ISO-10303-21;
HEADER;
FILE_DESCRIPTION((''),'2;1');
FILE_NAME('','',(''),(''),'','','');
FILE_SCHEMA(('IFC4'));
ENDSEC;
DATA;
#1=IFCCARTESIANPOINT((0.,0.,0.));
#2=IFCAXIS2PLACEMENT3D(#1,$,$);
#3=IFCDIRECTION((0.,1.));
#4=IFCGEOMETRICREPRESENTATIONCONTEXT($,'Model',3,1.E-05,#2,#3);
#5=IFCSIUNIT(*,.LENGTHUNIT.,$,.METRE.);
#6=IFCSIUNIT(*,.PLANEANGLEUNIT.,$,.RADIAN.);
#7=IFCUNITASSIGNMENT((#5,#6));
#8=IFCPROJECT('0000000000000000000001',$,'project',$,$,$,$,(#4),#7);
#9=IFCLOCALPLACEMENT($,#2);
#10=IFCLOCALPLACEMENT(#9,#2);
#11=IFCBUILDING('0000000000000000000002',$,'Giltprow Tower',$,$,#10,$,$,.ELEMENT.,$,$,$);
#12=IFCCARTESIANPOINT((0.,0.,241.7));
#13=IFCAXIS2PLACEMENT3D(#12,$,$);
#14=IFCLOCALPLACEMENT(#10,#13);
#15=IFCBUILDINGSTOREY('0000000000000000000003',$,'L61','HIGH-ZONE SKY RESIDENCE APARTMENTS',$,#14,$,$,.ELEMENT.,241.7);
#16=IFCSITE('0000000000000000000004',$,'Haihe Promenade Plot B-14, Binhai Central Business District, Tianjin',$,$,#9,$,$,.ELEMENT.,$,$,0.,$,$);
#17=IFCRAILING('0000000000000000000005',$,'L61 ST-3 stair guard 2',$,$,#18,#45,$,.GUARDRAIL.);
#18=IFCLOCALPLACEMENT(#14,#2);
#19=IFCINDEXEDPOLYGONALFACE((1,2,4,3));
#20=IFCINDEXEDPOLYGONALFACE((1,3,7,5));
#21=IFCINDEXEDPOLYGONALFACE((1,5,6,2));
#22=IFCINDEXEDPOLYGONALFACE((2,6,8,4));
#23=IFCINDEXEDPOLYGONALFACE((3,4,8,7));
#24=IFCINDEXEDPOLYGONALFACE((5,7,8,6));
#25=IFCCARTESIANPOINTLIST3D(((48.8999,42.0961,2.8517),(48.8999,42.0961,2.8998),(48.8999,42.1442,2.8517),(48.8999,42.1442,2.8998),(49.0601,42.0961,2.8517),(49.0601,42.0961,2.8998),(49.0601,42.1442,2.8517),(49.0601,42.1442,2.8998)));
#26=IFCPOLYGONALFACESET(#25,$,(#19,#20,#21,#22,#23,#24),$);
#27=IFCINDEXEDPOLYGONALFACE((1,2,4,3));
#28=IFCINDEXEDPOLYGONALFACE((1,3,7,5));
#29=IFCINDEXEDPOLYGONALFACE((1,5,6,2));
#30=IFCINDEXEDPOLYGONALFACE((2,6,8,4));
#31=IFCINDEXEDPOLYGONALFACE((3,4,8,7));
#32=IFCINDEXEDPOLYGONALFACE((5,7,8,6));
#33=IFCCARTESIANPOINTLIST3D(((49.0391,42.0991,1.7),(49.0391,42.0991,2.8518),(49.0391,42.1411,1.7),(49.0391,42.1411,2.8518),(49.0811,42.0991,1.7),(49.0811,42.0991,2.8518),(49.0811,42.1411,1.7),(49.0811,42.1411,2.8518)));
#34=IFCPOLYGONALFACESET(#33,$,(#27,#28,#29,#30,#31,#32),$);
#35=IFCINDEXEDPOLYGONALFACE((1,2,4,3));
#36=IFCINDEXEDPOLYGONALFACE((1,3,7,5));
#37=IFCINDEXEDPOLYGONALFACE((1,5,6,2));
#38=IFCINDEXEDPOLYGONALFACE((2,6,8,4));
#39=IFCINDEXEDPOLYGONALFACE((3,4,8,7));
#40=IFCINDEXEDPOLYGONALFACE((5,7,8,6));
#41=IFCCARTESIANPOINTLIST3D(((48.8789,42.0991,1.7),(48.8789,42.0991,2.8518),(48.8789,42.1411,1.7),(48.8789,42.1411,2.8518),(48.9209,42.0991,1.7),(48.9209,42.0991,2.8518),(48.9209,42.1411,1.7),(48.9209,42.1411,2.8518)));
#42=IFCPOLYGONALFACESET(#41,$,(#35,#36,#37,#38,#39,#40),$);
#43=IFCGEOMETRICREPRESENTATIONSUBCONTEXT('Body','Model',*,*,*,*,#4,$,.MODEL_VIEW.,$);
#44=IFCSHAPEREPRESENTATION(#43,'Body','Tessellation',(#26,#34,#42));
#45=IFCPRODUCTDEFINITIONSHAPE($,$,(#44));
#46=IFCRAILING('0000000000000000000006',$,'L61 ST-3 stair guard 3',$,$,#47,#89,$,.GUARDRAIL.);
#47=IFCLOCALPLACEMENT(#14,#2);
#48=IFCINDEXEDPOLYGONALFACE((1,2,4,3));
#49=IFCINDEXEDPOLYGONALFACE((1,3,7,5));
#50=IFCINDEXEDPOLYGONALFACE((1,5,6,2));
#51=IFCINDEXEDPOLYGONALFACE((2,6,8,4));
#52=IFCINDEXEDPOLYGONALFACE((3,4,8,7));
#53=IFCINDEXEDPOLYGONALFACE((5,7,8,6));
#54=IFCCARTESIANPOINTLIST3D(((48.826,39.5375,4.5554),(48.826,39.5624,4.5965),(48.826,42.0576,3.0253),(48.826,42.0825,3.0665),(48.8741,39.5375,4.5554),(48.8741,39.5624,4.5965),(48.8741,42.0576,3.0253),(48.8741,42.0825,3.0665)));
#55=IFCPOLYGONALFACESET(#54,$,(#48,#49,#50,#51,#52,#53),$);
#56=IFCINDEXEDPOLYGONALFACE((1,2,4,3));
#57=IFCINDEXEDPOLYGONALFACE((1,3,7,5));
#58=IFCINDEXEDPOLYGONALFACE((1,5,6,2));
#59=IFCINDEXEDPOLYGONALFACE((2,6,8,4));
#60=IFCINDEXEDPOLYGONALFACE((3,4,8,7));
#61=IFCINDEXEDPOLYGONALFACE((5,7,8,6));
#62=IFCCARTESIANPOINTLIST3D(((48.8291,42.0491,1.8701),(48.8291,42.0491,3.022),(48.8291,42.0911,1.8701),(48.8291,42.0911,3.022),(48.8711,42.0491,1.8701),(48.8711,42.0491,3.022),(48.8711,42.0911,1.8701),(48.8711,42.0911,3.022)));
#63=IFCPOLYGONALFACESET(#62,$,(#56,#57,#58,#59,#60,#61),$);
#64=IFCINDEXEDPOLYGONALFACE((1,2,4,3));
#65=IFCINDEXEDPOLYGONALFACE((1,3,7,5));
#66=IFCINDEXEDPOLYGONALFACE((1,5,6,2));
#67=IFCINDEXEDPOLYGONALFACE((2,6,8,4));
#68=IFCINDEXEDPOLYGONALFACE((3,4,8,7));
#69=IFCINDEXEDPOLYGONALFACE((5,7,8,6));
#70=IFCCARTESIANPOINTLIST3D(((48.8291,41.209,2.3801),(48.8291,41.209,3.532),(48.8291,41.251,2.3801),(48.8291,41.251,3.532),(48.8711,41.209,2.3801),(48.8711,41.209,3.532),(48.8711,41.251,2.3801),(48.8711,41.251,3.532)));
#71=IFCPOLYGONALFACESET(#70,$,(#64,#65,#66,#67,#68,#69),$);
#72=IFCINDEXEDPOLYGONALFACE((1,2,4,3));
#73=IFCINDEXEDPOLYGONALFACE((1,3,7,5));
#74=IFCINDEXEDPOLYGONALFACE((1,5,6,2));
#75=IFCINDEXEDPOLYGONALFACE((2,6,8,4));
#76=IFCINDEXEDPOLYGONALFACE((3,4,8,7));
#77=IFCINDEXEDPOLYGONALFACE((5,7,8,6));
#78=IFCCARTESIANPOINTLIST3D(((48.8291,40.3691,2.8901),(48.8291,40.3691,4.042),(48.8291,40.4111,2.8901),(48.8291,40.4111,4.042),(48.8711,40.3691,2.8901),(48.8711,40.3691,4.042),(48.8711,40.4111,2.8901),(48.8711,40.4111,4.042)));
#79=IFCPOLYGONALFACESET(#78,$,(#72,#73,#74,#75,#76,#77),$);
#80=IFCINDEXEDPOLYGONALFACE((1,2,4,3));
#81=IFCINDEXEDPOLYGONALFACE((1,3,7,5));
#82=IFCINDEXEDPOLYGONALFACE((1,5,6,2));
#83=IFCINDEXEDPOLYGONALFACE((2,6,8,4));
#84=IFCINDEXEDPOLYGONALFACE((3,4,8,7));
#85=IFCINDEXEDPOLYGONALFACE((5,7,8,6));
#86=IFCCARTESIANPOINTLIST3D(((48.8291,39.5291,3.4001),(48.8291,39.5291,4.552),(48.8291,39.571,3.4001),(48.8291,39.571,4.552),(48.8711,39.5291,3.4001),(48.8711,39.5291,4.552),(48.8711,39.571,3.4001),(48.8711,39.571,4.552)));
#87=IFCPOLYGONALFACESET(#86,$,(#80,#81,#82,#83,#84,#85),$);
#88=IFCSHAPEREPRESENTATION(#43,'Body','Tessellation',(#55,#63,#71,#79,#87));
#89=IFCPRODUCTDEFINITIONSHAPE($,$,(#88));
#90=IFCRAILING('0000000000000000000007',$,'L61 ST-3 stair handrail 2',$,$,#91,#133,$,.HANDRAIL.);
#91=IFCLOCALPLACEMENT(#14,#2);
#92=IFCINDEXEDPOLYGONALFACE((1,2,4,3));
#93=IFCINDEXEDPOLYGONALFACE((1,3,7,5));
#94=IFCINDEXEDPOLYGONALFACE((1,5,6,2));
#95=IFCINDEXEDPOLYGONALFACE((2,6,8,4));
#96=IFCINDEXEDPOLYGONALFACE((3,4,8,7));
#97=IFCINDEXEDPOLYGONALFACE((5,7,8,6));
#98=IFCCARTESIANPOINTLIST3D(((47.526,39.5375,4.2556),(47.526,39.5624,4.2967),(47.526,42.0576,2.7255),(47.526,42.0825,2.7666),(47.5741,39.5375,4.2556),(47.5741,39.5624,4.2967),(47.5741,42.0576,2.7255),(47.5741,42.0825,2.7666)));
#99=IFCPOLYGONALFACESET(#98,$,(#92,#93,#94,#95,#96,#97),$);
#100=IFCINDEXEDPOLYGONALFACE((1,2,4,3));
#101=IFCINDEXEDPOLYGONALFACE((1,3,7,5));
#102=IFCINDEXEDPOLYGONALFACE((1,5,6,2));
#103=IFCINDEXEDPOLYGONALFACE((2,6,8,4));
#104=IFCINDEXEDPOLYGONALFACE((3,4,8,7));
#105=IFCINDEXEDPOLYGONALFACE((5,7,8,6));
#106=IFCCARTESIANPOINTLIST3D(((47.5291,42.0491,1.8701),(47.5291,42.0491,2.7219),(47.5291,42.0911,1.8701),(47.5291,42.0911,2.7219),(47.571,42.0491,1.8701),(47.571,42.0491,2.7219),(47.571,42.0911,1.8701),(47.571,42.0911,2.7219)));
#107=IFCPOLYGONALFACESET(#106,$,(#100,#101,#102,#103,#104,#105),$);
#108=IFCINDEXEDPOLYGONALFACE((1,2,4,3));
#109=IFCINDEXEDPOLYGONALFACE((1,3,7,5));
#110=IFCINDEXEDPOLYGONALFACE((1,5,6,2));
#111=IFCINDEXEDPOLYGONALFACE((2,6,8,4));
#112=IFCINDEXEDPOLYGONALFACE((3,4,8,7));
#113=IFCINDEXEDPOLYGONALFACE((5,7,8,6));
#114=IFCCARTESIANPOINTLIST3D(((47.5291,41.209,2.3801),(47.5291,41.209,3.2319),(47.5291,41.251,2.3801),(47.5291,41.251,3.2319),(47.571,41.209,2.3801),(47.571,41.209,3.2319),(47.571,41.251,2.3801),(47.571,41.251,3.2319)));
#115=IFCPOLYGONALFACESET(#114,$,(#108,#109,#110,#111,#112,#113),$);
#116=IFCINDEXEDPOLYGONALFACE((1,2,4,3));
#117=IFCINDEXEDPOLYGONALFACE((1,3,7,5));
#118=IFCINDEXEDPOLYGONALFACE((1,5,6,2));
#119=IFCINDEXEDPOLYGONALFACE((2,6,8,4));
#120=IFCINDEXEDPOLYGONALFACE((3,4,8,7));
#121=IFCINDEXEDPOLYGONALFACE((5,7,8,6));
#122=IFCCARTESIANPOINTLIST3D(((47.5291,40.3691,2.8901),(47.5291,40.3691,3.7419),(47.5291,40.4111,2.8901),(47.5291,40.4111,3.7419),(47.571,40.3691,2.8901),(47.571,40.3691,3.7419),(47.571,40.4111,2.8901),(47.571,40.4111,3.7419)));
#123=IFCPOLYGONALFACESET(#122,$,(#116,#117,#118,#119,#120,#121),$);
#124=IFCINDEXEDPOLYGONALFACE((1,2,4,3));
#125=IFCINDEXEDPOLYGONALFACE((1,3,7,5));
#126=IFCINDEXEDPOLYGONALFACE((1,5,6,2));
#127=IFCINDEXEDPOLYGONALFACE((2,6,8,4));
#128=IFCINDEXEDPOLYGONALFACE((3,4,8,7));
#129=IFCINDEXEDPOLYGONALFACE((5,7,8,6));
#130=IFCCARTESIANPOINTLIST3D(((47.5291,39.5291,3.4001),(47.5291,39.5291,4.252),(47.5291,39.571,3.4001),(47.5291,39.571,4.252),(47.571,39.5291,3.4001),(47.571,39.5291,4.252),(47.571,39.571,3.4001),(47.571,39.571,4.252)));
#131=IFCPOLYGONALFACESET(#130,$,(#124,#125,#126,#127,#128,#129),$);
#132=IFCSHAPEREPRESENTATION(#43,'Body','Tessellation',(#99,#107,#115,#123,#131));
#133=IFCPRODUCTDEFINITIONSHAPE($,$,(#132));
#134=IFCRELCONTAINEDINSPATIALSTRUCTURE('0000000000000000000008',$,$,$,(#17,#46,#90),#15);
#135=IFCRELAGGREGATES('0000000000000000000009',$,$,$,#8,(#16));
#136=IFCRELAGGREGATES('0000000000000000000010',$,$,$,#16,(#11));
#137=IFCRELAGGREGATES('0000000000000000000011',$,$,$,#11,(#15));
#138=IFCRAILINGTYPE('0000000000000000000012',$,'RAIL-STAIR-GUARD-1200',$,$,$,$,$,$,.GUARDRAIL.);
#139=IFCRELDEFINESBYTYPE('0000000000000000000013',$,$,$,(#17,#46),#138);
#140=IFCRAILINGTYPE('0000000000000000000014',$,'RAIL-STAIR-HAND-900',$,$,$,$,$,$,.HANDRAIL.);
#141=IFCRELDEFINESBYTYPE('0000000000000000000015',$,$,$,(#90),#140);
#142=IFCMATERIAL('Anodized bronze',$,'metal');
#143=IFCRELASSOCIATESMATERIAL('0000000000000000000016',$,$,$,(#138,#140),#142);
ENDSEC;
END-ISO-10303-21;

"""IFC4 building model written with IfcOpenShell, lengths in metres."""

from ifc_helpers import new_model, si_unit, direction, frame, origin, origin_2d, place, context, subcontext, project, spatial, rectangle, extrude, material, type_object, element, save


model = new_model("IFC4")

# Units and contexts
model_context = context("Model", 3, precision=1e-05, world=origin(), true_north=direction((0.0, 1.0)))
body_context = subcontext(model_context, "Body", "Model", "MODEL_VIEW")
ifc_project = project(units=[si_unit("LENGTHUNIT", "METRE"), si_unit("PLANEANGLEUNIT", "RADIAN")], contexts=[model_context])

# Site, building, storey
site_placement = place(None, origin())
site = spatial("IfcSite", under=ifc_project, at=site_placement, Name="Haihe Promenade Plot B-14, Binhai Central Business District, Tianjin", CompositionType="ELEMENT", RefElevation=0.0)
building_placement = place(site_placement, origin())
building = spatial("IfcBuilding", under=site, at=building_placement, Name="Giltprow Tower", CompositionType="ELEMENT")
storey_placement = place(building_placement, frame((0.0, 0.0, 241.7)))
storey = spatial("IfcBuildingStorey", under=building, at=storey_placement, Name="L61", Description="HIGH-ZONE SKY RESIDENCE APARTMENTS", CompositionType="ELEMENT", Elevation=241.7)

# Railings
ifc_material_1 = material(Name="Anodized bronze", Category="metal")
railing_type_1 = type_object("IfcRailingType", Name="RAIL-STAIR-GUARD-1200", PredefinedType="GUARDRAIL", material=ifc_material_1)
railing_1_placement = place(storey_placement, frame((49.0601, 42.1201, 1.7)))
element("IfcRailing", 1, at=railing_1_placement, inside=storey, type_object=railing_type_1, Name="L61 ST-3 stair guard 2", PredefinedType="GUARDRAIL", context=body_context, shape_type="SweptSolid", body=[
    extrude(rectangle(XDim=0.0481, YDim=0.0481, at=origin_2d()), frame((0.0, 0.0, 1.1758), z_axis=(-1.0, 0.0, 0.0), x_axis=(0.0, -1.0, 0.0)), (0.0, 0.0, 1.0), 0.1602),
    extrude(rectangle(XDim=0.042, YDim=0.042, at=origin_2d()), origin(), (0.0, 0.0, 1.0), 1.1519),
    extrude(rectangle(XDim=0.042, YDim=0.042, at=origin_2d()), frame((-0.1602, 0.0, 0.0)), (0.0, 0.0, 1.0), 1.1519),
])
railing_2_placement = place(storey_placement, frame((48.8501, 42.0701, 1.8701)))
element("IfcRailing", 2, at=railing_2_placement, inside=storey, type_object=railing_type_1, Name="L61 ST-3 stair guard 3", PredefinedType="GUARDRAIL", context=body_context, shape_type="SweptSolid", body=[
    extrude(rectangle(XDim=0.0481, YDim=0.0481, at=origin_2d()), frame((0.0, 0.0, 1.1758), z_axis=(0.0, -0.854785, 0.518982), x_axis=(1.0, 0.0, 0.0)), (0.0, 0.0, 1.0), 2.9482),
    extrude(rectangle(XDim=0.042, YDim=0.042, at=origin_2d()), origin(), (0.0, 0.0, 1.0), 1.1519),
    extrude(rectangle(XDim=0.042, YDim=0.042, at=origin_2d()), frame((0.0, -0.8401, 0.51)), (0.0, 0.0, 1.0), 1.1519),
    extrude(rectangle(XDim=0.042, YDim=0.042, at=origin_2d()), frame((0.0, -1.6799, 1.02)), (0.0, 0.0, 1.0), 1.1519),
    extrude(rectangle(XDim=0.042, YDim=0.042, at=origin_2d()), frame((0.0, -2.52, 1.53)), (0.0, 0.0, 1.0), 1.1519),
])
railing_type_2 = type_object("IfcRailingType", Name="RAIL-STAIR-HAND-900", PredefinedType="HANDRAIL", material=ifc_material_1)
railing_3_placement = place(storey_placement, frame((47.55, 42.0701, 1.8701)))
element("IfcRailing", 3, at=railing_3_placement, inside=storey, type_object=railing_type_2, Name="L61 ST-3 stair handrail 2", PredefinedType="HANDRAIL", context=body_context, shape_type="SweptSolid", body=[
    extrude(rectangle(XDim=0.0481, YDim=0.0481, at=origin_2d()), frame((0.0, 0.0, 0.876), z_axis=(0.0, -0.854785, 0.518982), x_axis=(1.0, 0.0, 0.0)), (0.0, 0.0, 1.0), 2.9482),
    extrude(rectangle(XDim=0.042, YDim=0.042, at=origin_2d()), origin(), (0.0, 0.0, 1.0), 0.8518),
    extrude(rectangle(XDim=0.042, YDim=0.042, at=origin_2d()), frame((0.0, -0.8401, 0.51)), (0.0, 0.0, 1.0), 0.8518),
    extrude(rectangle(XDim=0.042, YDim=0.042, at=origin_2d()), frame((0.0, -1.6799, 1.02)), (0.0, 0.0, 1.0), 0.8518),
    extrude(rectangle(XDim=0.042, YDim=0.042, at=origin_2d()), frame((0.0, -2.52, 1.53)), (0.0, 0.0, 1.0), 0.8518),
])

save(model, "model.ifc")
